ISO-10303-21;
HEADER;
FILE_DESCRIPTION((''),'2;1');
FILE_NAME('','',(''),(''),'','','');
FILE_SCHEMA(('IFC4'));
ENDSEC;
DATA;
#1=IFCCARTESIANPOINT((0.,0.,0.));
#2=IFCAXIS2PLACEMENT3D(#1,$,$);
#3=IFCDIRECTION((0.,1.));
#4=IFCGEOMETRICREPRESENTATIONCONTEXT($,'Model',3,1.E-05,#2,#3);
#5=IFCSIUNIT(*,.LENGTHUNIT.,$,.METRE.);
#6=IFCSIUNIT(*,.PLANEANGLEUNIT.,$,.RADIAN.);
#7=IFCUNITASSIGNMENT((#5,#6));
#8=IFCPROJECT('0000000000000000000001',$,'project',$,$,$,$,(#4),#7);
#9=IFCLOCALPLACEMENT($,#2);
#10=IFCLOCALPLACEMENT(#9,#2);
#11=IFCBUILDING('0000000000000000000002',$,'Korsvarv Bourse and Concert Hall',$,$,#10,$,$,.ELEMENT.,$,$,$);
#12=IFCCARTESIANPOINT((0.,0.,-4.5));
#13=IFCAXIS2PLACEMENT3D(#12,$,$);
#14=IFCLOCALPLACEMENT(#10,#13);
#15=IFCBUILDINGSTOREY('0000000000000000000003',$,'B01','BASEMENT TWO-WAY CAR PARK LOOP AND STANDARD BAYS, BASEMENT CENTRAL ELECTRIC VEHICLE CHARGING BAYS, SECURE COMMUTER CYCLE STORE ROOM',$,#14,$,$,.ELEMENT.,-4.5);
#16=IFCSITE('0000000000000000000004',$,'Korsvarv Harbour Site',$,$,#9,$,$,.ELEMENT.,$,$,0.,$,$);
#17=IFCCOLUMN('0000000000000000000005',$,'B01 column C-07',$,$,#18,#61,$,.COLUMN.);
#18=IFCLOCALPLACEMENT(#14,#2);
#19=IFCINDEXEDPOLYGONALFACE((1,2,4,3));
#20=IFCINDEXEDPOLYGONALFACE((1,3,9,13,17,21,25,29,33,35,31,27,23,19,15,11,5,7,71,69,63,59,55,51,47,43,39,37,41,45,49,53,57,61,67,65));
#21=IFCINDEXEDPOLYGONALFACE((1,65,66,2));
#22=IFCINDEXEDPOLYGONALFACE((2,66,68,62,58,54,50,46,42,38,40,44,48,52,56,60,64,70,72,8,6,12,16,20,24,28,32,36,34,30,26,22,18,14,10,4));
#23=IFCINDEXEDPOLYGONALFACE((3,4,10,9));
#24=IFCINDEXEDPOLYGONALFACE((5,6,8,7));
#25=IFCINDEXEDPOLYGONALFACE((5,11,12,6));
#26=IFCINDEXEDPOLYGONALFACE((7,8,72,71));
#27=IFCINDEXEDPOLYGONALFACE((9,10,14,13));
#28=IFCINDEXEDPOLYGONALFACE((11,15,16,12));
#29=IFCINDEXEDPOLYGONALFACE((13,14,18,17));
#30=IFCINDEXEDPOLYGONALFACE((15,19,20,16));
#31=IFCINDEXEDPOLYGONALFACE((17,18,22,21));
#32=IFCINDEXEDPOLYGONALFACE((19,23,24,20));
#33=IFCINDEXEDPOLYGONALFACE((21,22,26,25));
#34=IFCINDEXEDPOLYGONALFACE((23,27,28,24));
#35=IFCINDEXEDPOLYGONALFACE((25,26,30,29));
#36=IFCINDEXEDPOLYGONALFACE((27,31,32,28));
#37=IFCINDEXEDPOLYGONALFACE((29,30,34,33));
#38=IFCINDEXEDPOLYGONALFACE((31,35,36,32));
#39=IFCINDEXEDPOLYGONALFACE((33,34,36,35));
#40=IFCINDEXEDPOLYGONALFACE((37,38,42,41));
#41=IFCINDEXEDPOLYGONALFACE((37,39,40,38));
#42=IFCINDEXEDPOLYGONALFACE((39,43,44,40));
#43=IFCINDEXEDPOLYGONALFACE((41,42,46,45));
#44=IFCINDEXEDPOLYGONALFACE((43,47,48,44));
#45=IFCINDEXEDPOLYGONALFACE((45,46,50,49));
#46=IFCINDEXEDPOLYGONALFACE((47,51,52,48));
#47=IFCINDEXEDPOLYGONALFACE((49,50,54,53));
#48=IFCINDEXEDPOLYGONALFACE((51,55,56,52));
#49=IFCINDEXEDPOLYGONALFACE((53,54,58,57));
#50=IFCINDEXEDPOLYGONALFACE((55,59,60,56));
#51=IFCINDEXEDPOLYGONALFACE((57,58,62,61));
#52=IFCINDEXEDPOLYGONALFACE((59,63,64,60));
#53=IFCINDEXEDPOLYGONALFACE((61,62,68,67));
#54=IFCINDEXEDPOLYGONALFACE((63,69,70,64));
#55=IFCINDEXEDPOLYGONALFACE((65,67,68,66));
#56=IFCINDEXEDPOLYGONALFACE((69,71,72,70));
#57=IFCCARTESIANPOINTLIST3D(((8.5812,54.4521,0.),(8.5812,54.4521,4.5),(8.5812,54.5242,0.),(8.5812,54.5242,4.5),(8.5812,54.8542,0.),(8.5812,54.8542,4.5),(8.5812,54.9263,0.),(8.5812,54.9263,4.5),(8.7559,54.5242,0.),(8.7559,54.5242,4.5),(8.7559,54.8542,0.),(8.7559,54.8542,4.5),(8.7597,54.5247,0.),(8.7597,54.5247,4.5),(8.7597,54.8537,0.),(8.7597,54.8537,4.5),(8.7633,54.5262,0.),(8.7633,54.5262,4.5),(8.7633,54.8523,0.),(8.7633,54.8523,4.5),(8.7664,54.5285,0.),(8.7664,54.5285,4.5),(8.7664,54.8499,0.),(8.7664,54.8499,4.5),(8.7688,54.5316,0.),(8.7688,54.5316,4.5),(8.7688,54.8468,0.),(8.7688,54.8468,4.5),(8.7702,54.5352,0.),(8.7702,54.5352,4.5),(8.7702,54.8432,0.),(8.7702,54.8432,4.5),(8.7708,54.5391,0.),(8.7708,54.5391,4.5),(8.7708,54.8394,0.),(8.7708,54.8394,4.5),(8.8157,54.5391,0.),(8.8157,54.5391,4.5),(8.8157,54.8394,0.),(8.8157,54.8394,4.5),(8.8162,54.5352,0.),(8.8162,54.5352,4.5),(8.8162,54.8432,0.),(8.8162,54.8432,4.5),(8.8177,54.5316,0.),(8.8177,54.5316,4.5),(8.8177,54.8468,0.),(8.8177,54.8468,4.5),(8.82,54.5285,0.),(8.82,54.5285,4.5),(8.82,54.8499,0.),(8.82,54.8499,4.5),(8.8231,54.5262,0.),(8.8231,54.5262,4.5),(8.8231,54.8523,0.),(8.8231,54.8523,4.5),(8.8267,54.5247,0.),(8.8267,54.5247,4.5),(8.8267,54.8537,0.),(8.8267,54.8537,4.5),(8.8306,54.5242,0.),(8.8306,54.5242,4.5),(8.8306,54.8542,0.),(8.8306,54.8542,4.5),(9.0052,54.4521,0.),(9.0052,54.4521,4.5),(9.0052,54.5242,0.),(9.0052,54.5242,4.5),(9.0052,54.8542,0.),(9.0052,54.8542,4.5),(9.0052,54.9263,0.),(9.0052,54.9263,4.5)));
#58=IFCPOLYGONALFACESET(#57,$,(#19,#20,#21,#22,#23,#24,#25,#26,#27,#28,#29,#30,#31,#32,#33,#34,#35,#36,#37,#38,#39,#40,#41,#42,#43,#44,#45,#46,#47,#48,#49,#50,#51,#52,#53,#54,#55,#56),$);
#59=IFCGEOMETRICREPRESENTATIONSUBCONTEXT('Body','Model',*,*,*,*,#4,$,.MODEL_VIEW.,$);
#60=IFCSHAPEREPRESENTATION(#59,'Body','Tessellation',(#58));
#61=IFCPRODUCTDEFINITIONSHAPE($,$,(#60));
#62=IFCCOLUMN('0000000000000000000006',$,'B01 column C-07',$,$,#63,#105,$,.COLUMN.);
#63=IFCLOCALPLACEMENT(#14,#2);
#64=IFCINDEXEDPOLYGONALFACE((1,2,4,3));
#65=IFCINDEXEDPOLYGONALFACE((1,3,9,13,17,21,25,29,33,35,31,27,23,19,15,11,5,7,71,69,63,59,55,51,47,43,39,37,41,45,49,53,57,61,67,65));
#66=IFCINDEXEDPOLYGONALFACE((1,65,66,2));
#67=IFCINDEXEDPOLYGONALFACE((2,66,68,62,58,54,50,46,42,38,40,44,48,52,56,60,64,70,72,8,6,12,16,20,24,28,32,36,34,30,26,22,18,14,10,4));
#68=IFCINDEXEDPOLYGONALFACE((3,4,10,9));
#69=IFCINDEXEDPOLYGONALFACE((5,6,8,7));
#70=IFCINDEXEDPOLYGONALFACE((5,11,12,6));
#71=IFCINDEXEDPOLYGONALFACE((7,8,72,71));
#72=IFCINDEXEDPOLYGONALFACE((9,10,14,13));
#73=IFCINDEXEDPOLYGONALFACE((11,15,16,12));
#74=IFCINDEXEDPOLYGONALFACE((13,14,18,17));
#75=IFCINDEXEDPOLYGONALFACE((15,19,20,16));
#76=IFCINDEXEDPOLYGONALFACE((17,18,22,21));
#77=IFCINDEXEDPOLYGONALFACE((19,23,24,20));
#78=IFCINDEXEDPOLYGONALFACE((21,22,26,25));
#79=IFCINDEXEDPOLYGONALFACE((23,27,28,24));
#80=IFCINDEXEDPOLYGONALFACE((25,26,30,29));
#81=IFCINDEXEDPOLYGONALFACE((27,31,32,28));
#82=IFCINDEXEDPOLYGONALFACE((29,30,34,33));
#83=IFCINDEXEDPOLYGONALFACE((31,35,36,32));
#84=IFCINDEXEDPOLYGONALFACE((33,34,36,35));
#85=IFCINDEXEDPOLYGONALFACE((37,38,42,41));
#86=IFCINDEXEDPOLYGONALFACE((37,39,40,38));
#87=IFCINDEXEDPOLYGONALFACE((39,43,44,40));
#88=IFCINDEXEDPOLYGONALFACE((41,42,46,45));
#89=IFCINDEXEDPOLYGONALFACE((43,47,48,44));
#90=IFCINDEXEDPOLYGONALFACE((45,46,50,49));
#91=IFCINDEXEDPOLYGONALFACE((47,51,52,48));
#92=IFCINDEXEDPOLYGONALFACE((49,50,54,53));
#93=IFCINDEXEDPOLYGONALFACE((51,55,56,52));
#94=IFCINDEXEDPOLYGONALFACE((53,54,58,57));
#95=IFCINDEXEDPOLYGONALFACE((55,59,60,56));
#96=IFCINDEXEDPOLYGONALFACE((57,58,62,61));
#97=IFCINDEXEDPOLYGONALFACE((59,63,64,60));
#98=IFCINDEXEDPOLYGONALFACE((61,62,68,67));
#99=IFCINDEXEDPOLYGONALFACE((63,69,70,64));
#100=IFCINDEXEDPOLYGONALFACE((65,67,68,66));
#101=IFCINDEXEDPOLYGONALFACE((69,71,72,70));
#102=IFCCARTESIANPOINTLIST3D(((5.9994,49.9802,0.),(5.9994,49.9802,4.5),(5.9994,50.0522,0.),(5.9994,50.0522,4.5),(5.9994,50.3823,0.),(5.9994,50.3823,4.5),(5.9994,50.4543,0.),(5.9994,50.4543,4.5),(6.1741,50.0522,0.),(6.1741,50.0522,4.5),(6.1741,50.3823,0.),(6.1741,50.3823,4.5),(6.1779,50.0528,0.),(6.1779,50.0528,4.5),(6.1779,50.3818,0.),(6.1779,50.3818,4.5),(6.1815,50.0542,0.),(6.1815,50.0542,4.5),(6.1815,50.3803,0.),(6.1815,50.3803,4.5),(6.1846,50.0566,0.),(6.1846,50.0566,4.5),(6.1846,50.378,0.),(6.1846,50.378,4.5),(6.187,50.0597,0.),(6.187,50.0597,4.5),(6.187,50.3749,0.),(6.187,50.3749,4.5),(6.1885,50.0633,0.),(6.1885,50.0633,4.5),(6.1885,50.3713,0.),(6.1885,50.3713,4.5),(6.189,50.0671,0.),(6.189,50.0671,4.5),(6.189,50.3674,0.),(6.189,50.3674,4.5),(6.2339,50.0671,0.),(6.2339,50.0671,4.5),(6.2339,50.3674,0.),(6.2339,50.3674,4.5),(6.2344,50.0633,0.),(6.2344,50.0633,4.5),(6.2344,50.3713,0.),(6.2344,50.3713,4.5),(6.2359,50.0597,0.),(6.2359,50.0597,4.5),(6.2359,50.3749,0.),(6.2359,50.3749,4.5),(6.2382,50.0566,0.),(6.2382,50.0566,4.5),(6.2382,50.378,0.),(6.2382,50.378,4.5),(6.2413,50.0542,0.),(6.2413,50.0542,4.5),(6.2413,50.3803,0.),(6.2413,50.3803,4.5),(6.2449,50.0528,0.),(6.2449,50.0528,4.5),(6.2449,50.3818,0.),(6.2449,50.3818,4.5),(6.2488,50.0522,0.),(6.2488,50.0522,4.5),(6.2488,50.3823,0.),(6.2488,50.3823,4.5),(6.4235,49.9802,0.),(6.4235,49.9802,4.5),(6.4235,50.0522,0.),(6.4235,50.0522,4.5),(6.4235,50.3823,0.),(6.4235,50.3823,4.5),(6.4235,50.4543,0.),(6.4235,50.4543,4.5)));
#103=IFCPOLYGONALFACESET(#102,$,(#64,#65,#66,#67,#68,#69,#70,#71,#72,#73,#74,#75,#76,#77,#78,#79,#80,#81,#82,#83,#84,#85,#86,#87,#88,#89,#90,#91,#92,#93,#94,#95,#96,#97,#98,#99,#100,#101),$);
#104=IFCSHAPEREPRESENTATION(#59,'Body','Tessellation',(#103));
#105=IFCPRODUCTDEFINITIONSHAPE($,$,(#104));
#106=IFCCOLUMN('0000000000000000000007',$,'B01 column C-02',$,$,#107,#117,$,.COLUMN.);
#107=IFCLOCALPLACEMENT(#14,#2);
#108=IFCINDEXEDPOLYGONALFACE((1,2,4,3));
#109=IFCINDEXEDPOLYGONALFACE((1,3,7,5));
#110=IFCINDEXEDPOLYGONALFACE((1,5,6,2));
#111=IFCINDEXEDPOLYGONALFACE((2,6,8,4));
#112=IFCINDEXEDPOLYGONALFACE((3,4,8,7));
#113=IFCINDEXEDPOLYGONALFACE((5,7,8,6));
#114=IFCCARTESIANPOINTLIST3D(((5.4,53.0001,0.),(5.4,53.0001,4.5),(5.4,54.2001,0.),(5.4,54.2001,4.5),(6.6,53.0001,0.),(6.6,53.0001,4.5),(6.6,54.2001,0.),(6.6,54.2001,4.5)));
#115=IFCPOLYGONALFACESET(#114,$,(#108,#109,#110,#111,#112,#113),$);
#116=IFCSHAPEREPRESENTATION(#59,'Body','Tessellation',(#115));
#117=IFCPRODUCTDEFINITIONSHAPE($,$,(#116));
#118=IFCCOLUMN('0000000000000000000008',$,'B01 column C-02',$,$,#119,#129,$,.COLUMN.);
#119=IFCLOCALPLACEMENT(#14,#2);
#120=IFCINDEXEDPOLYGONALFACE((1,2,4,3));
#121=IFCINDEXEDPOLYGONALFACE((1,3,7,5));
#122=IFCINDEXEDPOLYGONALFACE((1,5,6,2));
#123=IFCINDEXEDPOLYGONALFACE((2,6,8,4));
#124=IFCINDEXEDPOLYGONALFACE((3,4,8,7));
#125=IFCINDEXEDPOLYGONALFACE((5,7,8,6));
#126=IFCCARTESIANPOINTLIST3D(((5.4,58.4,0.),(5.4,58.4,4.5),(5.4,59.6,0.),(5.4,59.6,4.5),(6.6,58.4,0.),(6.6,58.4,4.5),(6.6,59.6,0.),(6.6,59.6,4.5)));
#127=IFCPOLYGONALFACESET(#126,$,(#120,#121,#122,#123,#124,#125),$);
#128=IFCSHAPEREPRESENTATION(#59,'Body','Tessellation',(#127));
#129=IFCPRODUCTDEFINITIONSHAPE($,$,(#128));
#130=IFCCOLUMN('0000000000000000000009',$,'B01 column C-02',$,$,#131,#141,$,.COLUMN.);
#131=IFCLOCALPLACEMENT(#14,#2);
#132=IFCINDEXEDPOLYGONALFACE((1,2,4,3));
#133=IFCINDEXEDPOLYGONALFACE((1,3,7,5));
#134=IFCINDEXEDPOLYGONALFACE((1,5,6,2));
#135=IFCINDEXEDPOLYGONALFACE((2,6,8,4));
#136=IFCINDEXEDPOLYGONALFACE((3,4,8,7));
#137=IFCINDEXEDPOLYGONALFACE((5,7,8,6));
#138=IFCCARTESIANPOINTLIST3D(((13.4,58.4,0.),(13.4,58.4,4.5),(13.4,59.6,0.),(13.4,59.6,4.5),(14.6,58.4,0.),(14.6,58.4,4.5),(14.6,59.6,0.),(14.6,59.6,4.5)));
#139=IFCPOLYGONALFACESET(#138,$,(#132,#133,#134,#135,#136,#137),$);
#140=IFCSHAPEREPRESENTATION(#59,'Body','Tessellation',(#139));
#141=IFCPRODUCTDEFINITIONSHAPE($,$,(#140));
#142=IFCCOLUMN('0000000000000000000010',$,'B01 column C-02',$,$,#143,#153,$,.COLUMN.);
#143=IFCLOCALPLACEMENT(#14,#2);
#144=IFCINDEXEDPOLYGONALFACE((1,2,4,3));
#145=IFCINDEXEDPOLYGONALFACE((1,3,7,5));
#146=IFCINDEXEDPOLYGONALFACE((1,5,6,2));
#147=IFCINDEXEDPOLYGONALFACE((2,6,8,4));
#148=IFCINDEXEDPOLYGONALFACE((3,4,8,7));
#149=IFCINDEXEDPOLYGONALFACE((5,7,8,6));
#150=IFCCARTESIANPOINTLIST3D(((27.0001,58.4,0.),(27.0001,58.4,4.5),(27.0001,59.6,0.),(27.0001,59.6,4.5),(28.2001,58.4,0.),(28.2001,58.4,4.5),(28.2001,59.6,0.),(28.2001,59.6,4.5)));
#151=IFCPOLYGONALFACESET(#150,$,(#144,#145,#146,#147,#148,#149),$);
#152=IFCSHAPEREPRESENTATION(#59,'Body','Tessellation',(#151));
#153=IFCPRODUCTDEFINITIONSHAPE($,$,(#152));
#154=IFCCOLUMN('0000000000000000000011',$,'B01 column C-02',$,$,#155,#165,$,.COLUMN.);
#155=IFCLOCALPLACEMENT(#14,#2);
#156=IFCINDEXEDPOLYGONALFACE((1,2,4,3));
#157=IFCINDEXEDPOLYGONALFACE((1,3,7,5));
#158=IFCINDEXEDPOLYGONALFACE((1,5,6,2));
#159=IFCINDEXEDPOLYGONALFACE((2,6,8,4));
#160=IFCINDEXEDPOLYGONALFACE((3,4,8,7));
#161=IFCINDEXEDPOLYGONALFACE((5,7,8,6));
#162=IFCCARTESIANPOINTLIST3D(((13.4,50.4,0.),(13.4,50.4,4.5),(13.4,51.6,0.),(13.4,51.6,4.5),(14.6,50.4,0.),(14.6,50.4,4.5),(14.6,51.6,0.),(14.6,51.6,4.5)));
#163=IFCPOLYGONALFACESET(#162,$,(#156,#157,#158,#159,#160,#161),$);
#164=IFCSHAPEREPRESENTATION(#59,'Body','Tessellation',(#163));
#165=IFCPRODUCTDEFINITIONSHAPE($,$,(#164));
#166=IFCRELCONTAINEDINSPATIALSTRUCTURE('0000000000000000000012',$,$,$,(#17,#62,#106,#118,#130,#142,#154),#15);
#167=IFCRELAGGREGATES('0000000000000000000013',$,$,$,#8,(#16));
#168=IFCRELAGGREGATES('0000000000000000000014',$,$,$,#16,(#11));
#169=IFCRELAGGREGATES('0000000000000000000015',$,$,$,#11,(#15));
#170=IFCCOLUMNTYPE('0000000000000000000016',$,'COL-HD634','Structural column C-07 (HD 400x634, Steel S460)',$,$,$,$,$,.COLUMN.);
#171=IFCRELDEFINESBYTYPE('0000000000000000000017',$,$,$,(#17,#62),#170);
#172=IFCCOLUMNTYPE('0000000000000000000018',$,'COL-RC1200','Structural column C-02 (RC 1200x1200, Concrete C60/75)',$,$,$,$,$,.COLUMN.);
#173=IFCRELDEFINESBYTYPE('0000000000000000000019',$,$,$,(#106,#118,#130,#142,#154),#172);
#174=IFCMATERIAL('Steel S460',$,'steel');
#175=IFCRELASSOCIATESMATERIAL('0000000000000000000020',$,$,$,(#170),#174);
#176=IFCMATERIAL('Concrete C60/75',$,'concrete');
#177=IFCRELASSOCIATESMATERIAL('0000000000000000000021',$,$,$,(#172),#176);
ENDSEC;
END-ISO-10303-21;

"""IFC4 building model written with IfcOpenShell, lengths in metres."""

from ifc_helpers import new_model, si_unit, direction, frame, origin, origin_2d, place, context, subcontext, project, spatial, rectangle, i_section, extrude, source, transform, mapped, material, material_profile, profile_set, type_object, element, save


model = new_model("IFC4")

# Units and contexts
model_context = context("Model", 3, precision=1e-05, world=origin(), true_north=direction((0.0, 1.0)))
body_context = subcontext(model_context, "Body", "Model", "MODEL_VIEW")
ifc_project = project(units=[si_unit("LENGTHUNIT", "METRE"), si_unit("PLANEANGLEUNIT", "RADIAN")], contexts=[model_context])

# Site, building, storey
site_placement = place(None, origin())
site = spatial("IfcSite", under=ifc_project, at=site_placement, Name="Korsvarv Harbour Site", CompositionType="ELEMENT", RefElevation=0.0)
building_placement = place(site_placement, origin())
building = spatial("IfcBuilding", under=site, at=building_placement, Name="Korsvarv Bourse and Concert Hall", CompositionType="ELEMENT")
storey_placement = place(building_placement, frame((0.0, 0.0, -4.5)))
storey = spatial("IfcBuildingStorey", under=building, at=storey_placement, Name="B01", Description="BASEMENT TWO-WAY CAR PARK LOOP AND STANDARD BAYS, BASEMENT CENTRAL ELECTRIC VEHICLE CHARGING BAYS, SECURE COMMUTER CYCLE STORE ROOM", CompositionType="ELEMENT", Elevation=-4.5)

# Columns
ifc_material_1 = material(Name="Steel S460", Category="steel")
ifc_material_profile_1 = material_profile(ifc_material_1, i_section(OverallWidth=0.4241, OverallDepth=0.4741, WebThickness=0.0449, FlangeThickness=0.072, FilletRadius=0.0149, at=origin_2d()), Name="HD 400x634")
ifc_profile_set_1 = profile_set([ifc_material_profile_1], Name="Steel S460")
column_type_1 = type_object("IfcColumnType", Name="COL-HD634", Description="Structural column C-07 (HD 400x634, Steel S460)", PredefinedType="COLUMN", material=ifc_profile_set_1)
shared_shape_1 = source(origin(), body_context, "Body", "SweptSolid", [
    extrude(i_section(OverallWidth=0.4241, OverallDepth=0.4741, WebThickness=0.0449, FlangeThickness=0.072, FilletRadius=0.0149, at=origin_2d()), origin(), (0.0, 0.0, 1.0), 4.5),
])
for number, where, z_axis, x_axis, name in (
    (1, (8.7932, 54.6892, 0.0), (0.0, 0.0, 1.0), (1.0, 0.0, 0.0), "B01 column C-07"),
    (2, (6.2114, 50.2173, 0.0), (0.0, 0.0, 1.0), (1.0, 0.0, 0.0), "B01 column C-07"),
):
    element("IfcColumn", number, at=place(storey_placement, frame(where, z_axis=z_axis, x_axis=x_axis)), inside=storey, type_object=column_type_1, Name=name, PredefinedType="COLUMN", context=body_context, shape_type="MappedRepresentation", body=[
        mapped(shared_shape_1, transform((0.0, 0.0, 0.0), scale=1.0)),
    ])
ifc_material_2 = material(Name="Concrete C60/75", Category="concrete")
ifc_material_profile_2 = material_profile(ifc_material_2, rectangle(XDim=1.2, YDim=1.2, at=origin_2d()), Name="RC 1200x1200")
ifc_profile_set_2 = profile_set([ifc_material_profile_2], Name="Concrete C60/75")
column_type_2 = type_object("IfcColumnType", Name="COL-RC1200", Description="Structural column C-02 (RC 1200x1200, Concrete C60/75)", PredefinedType="COLUMN", material=ifc_profile_set_2)
shared_shape_2 = source(origin(), body_context, "Body", "SweptSolid", [
    extrude(rectangle(XDim=1.2, YDim=1.2, at=origin_2d()), origin(), (0.0, 0.0, 1.0), 4.5),
])
for number, where, z_axis, x_axis, name in (
    (3, (6.0, 53.6001, 0.0), (0.0, 0.0, 1.0), (1.0, 0.0, 0.0), "B01 column C-02"),
    (4, (6.0, 59.0, 0.0), (0.0, 0.0, 1.0), (1.0, 0.0, 0.0), "B01 column C-02"),
    (5, (14.0, 59.0, 0.0), (0.0, 0.0, 1.0), (1.0, 0.0, 0.0), "B01 column C-02"),
    (6, (27.6001, 59.0, 0.0), (0.0, 0.0, 1.0), (1.0, 0.0, 0.0), "B01 column C-02"),
    (7, (14.0, 51.0, 0.0), (0.0, 0.0, 1.0), (1.0, 0.0, 0.0), "B01 column C-02"),
):
    element("IfcColumn", number, at=place(storey_placement, frame(where, z_axis=z_axis, x_axis=x_axis)), inside=storey, type_object=column_type_2, Name=name, PredefinedType="COLUMN", context=body_context, shape_type="MappedRepresentation", body=[
        mapped(shared_shape_2, transform((0.0, 0.0, 0.0), scale=1.0)),
    ])

save(model, "model.ifc")
